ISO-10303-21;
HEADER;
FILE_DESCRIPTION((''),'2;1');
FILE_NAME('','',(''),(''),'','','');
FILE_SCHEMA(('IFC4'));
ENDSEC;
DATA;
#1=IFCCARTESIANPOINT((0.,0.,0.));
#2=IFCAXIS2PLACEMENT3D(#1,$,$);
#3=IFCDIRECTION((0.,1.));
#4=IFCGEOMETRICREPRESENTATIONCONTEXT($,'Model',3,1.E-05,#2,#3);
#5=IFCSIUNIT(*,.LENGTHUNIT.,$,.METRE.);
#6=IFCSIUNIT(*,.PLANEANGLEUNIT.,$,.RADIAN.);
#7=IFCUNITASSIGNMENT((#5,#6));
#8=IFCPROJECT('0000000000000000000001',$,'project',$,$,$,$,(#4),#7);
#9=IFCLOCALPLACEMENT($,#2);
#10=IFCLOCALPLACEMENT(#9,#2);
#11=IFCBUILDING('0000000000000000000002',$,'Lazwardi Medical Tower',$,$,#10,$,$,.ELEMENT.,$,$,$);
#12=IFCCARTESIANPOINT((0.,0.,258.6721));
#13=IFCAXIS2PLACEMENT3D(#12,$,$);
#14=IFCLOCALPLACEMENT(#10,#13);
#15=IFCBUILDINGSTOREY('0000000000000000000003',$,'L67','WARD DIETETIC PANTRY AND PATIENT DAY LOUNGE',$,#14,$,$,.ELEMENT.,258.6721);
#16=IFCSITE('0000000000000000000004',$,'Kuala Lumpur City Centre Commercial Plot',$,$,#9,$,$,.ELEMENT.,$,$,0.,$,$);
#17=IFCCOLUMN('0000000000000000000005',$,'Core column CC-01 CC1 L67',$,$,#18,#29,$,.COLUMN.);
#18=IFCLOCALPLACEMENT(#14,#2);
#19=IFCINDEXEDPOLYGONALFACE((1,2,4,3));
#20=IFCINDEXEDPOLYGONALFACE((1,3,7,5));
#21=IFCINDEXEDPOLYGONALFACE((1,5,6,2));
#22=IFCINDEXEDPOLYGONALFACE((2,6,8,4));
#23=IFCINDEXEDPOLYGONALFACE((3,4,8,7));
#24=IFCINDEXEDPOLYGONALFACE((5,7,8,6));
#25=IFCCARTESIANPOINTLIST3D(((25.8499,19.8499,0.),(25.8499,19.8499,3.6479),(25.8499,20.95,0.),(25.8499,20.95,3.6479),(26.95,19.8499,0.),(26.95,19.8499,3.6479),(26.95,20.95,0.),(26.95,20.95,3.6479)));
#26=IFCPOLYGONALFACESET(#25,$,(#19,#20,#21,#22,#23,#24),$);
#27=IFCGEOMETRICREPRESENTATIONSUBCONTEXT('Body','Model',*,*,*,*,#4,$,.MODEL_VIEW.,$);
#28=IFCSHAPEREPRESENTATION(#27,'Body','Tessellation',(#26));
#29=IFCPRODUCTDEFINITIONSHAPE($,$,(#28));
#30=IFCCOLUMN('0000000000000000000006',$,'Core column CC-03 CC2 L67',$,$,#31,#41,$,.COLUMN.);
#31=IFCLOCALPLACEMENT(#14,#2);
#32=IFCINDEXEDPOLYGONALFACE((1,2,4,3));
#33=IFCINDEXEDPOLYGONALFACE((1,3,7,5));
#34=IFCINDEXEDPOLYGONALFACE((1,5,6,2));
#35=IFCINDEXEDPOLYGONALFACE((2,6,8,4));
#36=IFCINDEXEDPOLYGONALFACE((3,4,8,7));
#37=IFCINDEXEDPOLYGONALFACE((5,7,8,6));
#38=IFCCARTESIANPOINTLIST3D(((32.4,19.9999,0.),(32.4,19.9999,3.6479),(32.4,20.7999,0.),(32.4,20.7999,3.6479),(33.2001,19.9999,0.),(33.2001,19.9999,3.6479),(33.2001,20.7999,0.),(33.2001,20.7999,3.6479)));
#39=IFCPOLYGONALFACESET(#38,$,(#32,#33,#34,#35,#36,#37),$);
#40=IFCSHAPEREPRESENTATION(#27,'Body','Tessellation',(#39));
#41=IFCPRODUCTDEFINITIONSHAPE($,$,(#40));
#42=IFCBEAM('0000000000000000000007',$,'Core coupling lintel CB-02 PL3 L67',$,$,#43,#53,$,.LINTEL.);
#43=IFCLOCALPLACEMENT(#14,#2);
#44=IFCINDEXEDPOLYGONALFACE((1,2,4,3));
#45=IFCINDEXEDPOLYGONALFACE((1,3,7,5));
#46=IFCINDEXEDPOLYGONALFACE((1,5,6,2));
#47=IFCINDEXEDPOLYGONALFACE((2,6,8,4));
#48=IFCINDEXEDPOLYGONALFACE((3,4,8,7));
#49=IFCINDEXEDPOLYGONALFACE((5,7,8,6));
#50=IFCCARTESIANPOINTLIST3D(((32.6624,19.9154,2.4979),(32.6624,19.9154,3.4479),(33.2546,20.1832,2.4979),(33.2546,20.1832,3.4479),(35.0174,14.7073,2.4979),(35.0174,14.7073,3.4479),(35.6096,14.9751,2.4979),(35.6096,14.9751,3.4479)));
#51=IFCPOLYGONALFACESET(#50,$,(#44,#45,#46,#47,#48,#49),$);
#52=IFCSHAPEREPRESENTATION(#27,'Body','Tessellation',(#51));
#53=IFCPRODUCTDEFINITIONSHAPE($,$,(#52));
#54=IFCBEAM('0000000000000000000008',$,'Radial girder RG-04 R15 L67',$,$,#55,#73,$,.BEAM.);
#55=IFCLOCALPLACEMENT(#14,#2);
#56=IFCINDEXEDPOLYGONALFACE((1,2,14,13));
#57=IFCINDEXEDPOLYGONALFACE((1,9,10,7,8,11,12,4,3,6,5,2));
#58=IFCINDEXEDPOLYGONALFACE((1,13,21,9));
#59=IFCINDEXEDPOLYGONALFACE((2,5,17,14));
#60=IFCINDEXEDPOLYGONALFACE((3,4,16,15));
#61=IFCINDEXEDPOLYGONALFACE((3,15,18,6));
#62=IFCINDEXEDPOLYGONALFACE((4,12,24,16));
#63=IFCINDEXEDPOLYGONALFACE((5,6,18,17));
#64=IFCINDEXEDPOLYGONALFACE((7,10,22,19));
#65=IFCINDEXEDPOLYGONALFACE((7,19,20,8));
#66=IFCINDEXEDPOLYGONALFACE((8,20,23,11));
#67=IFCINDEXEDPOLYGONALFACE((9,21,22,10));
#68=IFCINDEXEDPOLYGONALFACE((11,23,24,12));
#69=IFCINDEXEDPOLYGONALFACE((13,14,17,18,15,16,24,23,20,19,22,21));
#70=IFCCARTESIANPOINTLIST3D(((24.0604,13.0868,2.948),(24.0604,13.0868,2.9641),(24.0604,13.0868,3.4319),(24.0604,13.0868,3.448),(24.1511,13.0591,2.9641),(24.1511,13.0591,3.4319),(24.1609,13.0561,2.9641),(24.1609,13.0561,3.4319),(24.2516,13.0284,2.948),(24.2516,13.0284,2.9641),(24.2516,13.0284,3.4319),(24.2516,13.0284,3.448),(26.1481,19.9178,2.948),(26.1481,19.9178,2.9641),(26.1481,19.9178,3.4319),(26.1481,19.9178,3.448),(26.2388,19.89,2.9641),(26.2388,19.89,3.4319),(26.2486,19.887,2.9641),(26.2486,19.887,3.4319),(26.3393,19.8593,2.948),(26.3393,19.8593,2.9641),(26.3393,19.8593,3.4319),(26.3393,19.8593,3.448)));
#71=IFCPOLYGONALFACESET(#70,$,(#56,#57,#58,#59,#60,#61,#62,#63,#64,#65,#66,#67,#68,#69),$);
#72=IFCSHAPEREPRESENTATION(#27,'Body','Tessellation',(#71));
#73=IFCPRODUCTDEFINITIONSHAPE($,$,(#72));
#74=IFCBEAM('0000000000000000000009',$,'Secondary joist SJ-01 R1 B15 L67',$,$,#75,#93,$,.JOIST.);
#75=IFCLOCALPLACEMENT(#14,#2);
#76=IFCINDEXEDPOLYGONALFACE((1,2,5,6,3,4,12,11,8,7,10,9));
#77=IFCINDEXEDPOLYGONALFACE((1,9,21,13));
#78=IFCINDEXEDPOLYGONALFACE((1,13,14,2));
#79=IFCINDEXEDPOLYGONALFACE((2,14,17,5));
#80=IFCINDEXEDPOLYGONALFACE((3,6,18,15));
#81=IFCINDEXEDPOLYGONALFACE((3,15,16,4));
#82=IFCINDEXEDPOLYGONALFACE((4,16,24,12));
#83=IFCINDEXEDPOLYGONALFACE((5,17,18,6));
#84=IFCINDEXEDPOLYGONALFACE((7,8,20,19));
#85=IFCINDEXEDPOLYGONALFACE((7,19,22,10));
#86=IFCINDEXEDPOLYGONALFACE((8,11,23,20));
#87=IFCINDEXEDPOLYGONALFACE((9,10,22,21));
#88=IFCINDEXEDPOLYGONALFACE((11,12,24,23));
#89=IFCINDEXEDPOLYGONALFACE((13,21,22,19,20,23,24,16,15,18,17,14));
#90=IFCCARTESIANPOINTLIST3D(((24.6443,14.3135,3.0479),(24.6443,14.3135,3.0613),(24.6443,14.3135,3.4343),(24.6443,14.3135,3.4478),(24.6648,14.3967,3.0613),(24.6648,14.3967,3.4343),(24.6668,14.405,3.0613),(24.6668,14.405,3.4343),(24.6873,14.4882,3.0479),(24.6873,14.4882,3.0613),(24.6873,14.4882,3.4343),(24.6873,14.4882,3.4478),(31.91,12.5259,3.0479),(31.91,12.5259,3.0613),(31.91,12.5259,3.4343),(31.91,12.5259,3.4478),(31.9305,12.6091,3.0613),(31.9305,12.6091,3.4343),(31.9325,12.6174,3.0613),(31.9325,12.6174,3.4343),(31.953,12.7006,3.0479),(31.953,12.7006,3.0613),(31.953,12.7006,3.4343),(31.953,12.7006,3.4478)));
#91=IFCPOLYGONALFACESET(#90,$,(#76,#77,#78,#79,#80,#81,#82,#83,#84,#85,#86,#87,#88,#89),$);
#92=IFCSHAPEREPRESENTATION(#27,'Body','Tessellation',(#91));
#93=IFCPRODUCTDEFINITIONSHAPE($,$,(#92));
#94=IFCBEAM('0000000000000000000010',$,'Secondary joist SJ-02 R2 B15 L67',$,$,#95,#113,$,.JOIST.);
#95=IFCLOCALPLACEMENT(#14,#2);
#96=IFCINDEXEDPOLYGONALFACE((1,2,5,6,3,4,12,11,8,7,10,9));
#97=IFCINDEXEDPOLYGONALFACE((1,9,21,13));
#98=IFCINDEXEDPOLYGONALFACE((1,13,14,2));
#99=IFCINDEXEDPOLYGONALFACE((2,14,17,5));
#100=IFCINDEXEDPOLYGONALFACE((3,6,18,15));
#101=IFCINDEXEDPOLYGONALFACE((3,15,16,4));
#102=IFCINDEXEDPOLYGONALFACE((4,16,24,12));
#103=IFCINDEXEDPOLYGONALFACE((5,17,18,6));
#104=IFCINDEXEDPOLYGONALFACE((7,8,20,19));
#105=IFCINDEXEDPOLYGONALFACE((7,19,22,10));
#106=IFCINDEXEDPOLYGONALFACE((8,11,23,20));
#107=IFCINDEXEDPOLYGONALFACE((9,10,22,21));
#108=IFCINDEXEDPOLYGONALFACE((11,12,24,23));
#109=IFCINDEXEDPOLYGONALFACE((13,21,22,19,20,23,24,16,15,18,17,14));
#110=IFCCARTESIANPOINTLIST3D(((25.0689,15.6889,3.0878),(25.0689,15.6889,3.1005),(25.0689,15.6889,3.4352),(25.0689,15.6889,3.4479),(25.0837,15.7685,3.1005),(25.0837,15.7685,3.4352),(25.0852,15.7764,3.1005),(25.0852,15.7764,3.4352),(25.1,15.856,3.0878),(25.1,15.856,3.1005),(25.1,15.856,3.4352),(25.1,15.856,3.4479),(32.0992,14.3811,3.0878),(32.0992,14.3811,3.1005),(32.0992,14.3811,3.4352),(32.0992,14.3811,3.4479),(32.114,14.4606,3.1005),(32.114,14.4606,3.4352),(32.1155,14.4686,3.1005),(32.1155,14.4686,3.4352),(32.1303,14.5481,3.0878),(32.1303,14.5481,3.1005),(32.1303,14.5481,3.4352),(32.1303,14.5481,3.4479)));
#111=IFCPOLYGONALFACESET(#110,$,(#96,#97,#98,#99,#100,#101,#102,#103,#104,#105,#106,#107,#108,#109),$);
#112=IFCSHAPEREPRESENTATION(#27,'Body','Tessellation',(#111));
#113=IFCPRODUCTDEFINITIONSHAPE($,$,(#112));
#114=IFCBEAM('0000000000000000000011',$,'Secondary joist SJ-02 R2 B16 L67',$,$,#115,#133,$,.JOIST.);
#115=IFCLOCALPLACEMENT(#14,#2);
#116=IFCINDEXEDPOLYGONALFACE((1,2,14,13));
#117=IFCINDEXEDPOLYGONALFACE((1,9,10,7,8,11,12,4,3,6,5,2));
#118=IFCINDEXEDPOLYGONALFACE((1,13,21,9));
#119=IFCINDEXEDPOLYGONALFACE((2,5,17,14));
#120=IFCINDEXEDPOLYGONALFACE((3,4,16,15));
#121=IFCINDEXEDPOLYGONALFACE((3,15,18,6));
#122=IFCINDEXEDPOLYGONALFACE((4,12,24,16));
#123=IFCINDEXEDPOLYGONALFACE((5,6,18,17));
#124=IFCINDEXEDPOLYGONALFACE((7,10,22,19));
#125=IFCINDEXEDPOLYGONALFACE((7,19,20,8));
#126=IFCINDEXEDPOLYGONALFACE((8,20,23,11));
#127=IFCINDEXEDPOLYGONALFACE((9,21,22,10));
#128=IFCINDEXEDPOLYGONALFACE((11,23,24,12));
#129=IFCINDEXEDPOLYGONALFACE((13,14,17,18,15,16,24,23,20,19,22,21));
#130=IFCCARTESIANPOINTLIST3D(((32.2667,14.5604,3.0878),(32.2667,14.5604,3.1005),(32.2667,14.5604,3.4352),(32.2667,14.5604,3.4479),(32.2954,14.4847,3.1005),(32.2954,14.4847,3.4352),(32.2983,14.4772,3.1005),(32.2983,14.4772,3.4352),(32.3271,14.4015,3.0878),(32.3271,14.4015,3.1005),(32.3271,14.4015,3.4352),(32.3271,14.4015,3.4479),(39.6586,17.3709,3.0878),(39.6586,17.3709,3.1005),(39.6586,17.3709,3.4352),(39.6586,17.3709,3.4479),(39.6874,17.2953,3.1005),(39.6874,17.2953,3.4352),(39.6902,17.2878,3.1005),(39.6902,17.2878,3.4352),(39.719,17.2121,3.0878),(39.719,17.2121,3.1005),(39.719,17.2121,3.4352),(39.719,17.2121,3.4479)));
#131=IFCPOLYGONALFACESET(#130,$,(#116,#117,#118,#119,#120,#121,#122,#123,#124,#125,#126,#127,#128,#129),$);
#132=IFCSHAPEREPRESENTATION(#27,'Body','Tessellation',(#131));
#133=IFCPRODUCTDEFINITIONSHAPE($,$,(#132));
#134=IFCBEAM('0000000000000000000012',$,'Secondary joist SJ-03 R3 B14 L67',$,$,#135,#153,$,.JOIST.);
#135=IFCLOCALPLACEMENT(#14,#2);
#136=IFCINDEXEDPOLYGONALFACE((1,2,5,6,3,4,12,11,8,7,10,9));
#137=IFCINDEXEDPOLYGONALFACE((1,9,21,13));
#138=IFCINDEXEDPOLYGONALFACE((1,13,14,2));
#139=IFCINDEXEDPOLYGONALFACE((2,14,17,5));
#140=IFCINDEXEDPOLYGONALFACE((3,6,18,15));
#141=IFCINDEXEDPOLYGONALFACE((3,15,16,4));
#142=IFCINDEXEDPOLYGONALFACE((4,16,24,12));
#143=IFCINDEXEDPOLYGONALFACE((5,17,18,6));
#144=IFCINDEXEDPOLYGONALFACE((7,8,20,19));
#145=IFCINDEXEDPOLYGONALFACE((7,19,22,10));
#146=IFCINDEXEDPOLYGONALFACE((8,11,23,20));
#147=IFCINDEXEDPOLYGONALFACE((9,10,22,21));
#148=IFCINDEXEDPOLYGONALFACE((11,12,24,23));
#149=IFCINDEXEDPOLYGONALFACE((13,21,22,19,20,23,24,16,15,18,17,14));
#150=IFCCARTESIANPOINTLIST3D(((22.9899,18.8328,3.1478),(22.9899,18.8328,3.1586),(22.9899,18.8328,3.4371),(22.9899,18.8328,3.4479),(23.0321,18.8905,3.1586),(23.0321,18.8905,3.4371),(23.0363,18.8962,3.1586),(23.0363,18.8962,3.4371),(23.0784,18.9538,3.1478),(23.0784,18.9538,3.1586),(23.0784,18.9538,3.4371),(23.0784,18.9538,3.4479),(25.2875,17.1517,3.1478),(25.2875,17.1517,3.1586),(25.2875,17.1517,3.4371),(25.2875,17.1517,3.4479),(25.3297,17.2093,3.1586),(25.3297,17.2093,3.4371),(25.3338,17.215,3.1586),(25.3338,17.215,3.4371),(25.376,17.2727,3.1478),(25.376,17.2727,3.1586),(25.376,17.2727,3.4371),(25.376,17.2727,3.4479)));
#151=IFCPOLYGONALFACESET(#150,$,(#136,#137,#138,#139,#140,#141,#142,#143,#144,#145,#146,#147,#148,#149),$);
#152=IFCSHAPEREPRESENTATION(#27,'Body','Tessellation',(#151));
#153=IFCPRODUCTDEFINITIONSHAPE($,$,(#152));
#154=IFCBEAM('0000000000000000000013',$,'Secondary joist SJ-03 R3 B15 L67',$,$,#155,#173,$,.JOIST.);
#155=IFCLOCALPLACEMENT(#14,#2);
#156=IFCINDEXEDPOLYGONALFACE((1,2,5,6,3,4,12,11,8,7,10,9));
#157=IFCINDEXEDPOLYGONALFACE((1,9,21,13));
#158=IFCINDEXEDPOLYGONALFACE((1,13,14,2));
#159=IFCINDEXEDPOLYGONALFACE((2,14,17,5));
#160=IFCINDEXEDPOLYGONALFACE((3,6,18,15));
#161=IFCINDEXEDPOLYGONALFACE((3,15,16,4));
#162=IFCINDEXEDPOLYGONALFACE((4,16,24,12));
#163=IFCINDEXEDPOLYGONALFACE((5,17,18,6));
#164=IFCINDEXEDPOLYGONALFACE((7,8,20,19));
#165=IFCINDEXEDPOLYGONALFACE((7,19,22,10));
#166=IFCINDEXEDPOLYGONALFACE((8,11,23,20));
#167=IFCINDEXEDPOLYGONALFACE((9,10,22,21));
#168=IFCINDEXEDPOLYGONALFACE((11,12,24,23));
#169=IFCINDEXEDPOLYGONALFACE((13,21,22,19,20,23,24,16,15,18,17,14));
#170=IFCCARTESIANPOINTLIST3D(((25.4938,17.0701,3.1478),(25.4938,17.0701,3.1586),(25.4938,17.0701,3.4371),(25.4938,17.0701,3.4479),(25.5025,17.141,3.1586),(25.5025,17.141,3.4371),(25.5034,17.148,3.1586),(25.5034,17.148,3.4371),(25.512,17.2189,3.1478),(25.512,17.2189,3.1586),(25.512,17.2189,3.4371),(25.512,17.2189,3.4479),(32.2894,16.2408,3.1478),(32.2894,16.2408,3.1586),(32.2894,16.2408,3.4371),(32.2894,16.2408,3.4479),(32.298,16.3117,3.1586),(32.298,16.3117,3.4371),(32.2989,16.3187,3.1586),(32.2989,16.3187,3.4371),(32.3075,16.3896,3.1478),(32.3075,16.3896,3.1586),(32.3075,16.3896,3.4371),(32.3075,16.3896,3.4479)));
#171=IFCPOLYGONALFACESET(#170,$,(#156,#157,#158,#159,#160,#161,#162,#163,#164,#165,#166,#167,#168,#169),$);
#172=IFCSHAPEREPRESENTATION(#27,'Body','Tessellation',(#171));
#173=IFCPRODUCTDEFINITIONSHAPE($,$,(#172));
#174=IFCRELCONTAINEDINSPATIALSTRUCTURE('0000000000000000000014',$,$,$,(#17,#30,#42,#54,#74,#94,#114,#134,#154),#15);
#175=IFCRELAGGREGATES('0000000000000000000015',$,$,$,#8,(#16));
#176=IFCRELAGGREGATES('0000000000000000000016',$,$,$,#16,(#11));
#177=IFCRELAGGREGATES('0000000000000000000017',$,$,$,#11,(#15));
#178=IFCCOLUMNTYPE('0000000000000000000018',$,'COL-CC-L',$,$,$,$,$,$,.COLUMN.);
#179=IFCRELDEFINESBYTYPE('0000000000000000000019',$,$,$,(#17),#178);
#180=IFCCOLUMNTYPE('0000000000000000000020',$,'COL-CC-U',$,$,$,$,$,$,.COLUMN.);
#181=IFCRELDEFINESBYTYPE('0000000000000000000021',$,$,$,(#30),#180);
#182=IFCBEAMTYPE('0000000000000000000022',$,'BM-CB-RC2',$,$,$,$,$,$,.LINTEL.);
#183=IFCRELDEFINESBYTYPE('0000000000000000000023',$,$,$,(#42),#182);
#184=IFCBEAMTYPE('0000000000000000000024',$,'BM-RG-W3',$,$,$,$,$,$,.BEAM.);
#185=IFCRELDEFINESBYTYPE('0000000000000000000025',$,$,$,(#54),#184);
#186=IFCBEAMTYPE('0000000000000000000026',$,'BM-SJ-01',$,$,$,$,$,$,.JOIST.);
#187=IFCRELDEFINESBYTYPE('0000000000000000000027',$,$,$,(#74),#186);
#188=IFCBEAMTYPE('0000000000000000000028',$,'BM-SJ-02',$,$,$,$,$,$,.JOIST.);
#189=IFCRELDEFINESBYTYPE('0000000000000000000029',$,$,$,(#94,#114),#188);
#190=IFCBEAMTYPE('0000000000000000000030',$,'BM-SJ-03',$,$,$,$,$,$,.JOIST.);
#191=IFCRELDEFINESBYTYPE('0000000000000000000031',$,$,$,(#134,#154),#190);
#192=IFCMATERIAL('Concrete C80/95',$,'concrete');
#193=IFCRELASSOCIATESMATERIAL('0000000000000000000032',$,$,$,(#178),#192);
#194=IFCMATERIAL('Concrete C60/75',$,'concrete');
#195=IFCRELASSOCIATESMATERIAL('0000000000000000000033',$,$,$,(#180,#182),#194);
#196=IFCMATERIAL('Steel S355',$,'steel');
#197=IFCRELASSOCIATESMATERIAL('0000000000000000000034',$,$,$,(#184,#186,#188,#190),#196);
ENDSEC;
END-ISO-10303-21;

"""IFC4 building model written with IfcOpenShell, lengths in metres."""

from ifc_helpers import new_model, si_unit, direction, frame, origin, origin_2d, place, context, subcontext, project, spatial, rectangle, i_section, extrude, material, material_profile, profile_set, type_object, element, save


model = new_model("IFC4")

# Units and contexts
model_context = context("Model", 3, precision=1e-05, world=origin(), true_north=direction((0.0, 1.0)))
body_context = subcontext(model_context, "Body", "Model", "MODEL_VIEW")
ifc_project = project(units=[si_unit("LENGTHUNIT", "METRE"), si_unit("PLANEANGLEUNIT", "RADIAN")], contexts=[model_context])

# Site, building, storey
site_placement = place(None, origin())
site = spatial("IfcSite", under=ifc_project, at=site_placement, Name="Kuala Lumpur City Centre Commercial Plot", CompositionType="ELEMENT", RefElevation=0.0)
building_placement = place(site_placement, origin())
building = spatial("IfcBuilding", under=site, at=building_placement, Name="Lazwardi Medical Tower", CompositionType="ELEMENT")
storey_placement = place(building_placement, frame((0.0, 0.0, 258.6721)))
storey = spatial("IfcBuildingStorey", under=building, at=storey_placement, Name="L67", Description="WARD DIETETIC PANTRY AND PATIENT DAY LOUNGE", CompositionType="ELEMENT", Elevation=258.6721)

# Columns
ifc_material_1 = material(Name="Concrete C80/95", Category="concrete")
ifc_material_profile_1 = material_profile(ifc_material_1, rectangle(XDim=1.1001, YDim=1.1001, at=origin_2d()), Name="RC 1100x1100")
ifc_profile_set_1 = profile_set([ifc_material_profile_1], Name="Concrete C80/95")
column_type_1 = type_object("IfcColumnType", Name="COL-CC-L", PredefinedType="COLUMN", material=ifc_profile_set_1)
column_1_placement = place(storey_placement, frame((26.3999, 20.3999, 0.0), z_axis=(0.0, 0.0, 1.0), x_axis=(1.0, 0.0, 0.0)))
element("IfcColumn", 1, at=column_1_placement, inside=storey, type_object=column_type_1, Name="Core column CC-01 CC1 L67", PredefinedType="COLUMN", context=body_context, shape_type="SweptSolid", body=[
    extrude(rectangle(XDim=1.1001, YDim=1.1001, at=origin_2d()), origin(), (0.0, 0.0, 1.0), 3.6479),
])
ifc_material_2 = material(Name="Concrete C60/75", Category="concrete")
ifc_material_profile_2 = material_profile(ifc_material_2, rectangle(XDim=0.8, YDim=0.8, at=origin_2d()), Name="RC 800x800")
ifc_profile_set_2 = profile_set([ifc_material_profile_2], Name="Concrete C60/75")
column_type_2 = type_object("IfcColumnType", Name="COL-CC-U", PredefinedType="COLUMN", material=ifc_profile_set_2)
column_2_placement = place(storey_placement, frame((32.8, 20.3999, 0.0), z_axis=(0.0, 0.0, 1.0), x_axis=(1.0, 0.0, 0.0)))
element("IfcColumn", 2, at=column_2_placement, inside=storey, type_object=column_type_2, Name="Core column CC-03 CC2 L67", PredefinedType="COLUMN", context=body_context, shape_type="SweptSolid", body=[
    extrude(rectangle(XDim=0.8, YDim=0.8, at=origin_2d()), origin(), (0.0, 0.0, 1.0), 3.6479),
])

# Beams
ifc_material_profile_3 = material_profile(ifc_material_2, rectangle(XDim=0.6499, YDim=0.95, at=origin_2d()), Name="RC 650x950")
ifc_profile_set_3 = profile_set([ifc_material_profile_3], Name="Concrete C60/75")
beam_type_1 = type_object("IfcBeamType", Name="BM-CB-RC2", PredefinedType="LINTEL", material=ifc_profile_set_3)
beam_1_placement = place(storey_placement, frame((32.9585, 20.0493, 2.9729), z_axis=(0.412019, -0.911175, 0.0), x_axis=(0.911175, 0.412019, 0.0)))
element("IfcBeam", 3, at=beam_1_placement, inside=storey, type_object=beam_type_1, Name="Core coupling lintel CB-02 PL3 L67", PredefinedType="LINTEL", context=body_context, shape_type="SweptSolid", body=[
    extrude(rectangle(XDim=0.6499, YDim=0.95, at=origin_2d()), origin(), (0.0, 0.0, 1.0), 5.7158),
])
ifc_material_3 = material(Name="Steel S355", Category="steel")
ifc_material_profile_4 = material_profile(ifc_material_3, i_section(OverallWidth=0.2, OverallDepth=0.5, WebThickness=0.0103, FlangeThickness=0.0161, at=origin_2d()), Name="IPE 500")
ifc_profile_set_4 = profile_set([ifc_material_profile_4], Name="Steel S355")
beam_type_2 = type_object("IfcBeamType", Name="BM-RG-W3", PredefinedType="BEAM", material=ifc_profile_set_4)
beam_2_placement = place(storey_placement, frame((24.156, 13.0576, 3.198), z_axis=(0.292277, 0.956334, 0.0), x_axis=(-0.956334, 0.292277, 0.0)))
element("IfcBeam", 4, at=beam_2_placement, inside=storey, type_object=beam_type_2, Name="Radial girder RG-04 R15 L67", PredefinedType="BEAM", context=body_context, shape_type="SweptSolid", body=[
    extrude(i_section(OverallWidth=0.2, OverallDepth=0.5, WebThickness=0.0103, FlangeThickness=0.0161, at=origin_2d()), origin(), (0.0, 0.0, 1.0), 7.1428),
])
ifc_material_profile_5 = material_profile(ifc_material_3, i_section(OverallWidth=0.1799, OverallDepth=0.3999, WebThickness=0.0085, FlangeThickness=0.0134, at=origin_2d()), Name="IPE 400")
ifc_profile_set_5 = profile_set([ifc_material_profile_5], Name="Steel S355")
beam_type_3 = type_object("IfcBeamType", Name="BM-SJ-01", PredefinedType="JOIST", material=ifc_profile_set_5)
beam_3_placement = place(storey_placement, frame((24.6658, 14.4009, 3.2478), z_axis=(0.971042, -0.23891, 0.0), x_axis=(0.23891, 0.971042, 0.0)))
element("IfcBeam", 5, at=beam_3_placement, inside=storey, type_object=beam_type_3, Name="Secondary joist SJ-01 R1 B15 L67", PredefinedType="JOIST", context=body_context, shape_type="SweptSolid", body=[
    extrude(i_section(OverallWidth=0.1799, OverallDepth=0.3999, WebThickness=0.0085, FlangeThickness=0.0134, at=origin_2d()), origin(), (0.0, 0.0, 1.0), 7.4824),
])
ifc_material_profile_6 = material_profile(ifc_material_3, i_section(OverallWidth=0.1699, OverallDepth=0.3601, WebThickness=0.0081, FlangeThickness=0.0127, at=origin_2d()), Name="IPE 360")
ifc_profile_set_6 = profile_set([ifc_material_profile_6], Name="Steel S355")
beam_type_4 = type_object("IfcBeamType", Name="BM-SJ-02", PredefinedType="JOIST", material=ifc_profile_set_6)
beam_4_placement = place(storey_placement, frame((25.0845, 15.7725, 3.2678), z_axis=(0.983132, -0.182895, 0.0), x_axis=(0.182895, 0.983132, 0.0)))
element("IfcBeam", 6, at=beam_4_placement, inside=storey, type_object=beam_type_4, Name="Secondary joist SJ-02 R2 B15 L67", PredefinedType="JOIST", context=body_context, shape_type="SweptSolid", body=[
    extrude(i_section(OverallWidth=0.1699, OverallDepth=0.3601, WebThickness=0.0081, FlangeThickness=0.0127, at=origin_2d()), origin(), (0.0, 0.0, 1.0), 7.1509),
])
beam_5_placement = place(storey_placement, frame((32.2969, 14.481, 3.2678), z_axis=(0.934714, 0.3554, 0.0), x_axis=(-0.3554, 0.934714, 0.0)))
element("IfcBeam", 7, at=beam_5_placement, inside=storey, type_object=beam_type_4, Name="Secondary joist SJ-02 R2 B16 L67", PredefinedType="JOIST", context=body_context, shape_type="SweptSolid", body=[
    extrude(i_section(OverallWidth=0.1699, OverallDepth=0.3601, WebThickness=0.0081, FlangeThickness=0.0127, at=origin_2d()), origin(), (0.0, 0.0, 1.0), 7.9082),
])
ifc_material_profile_7 = material_profile(ifc_material_3, i_section(OverallWidth=0.1499, OverallDepth=0.3, WebThickness=0.0071, FlangeThickness=0.0107, at=origin_2d()), Name="IPE 300")
ifc_profile_set_7 = profile_set([ifc_material_profile_7], Name="Steel S355")
beam_type_5 = type_object("IfcBeamType", Name="BM-SJ-03", PredefinedType="JOIST", material=ifc_profile_set_7)
beam_6_placement = place(storey_placement, frame((23.0342, 18.8933, 3.2979), z_axis=(0.807034, -0.590505, 0.0), x_axis=(0.590505, 0.807034, 0.0)))
element("IfcBeam", 8, at=beam_6_placement, inside=storey, type_object=beam_type_5, Name="Secondary joist SJ-03 R3 B14 L67", PredefinedType="JOIST", context=body_context, shape_type="SweptSolid", body=[
    extrude(i_section(OverallWidth=0.1499, OverallDepth=0.3, WebThickness=0.0071, FlangeThickness=0.0107, at=origin_2d()), origin(), (0.0, 0.0, 1.0), 2.8469),
])
beam_7_placement = place(storey_placement, frame((25.5029, 17.1445, 3.2979), z_axis=(0.992635, -0.121146, 0.0), x_axis=(0.121146, 0.992635, 0.0)))
element("IfcBeam", 9, at=beam_7_placement, inside=storey, type_object=beam_type_5, Name="Secondary joist SJ-03 R3 B15 L67", PredefinedType="JOIST", context=body_context, shape_type="SweptSolid", body=[
    extrude(i_section(OverallWidth=0.1499, OverallDepth=0.3, WebThickness=0.0071, FlangeThickness=0.0107, at=origin_2d()), origin(), (0.0, 0.0, 1.0), 6.8459),
])

save(model, "model.ifc")
